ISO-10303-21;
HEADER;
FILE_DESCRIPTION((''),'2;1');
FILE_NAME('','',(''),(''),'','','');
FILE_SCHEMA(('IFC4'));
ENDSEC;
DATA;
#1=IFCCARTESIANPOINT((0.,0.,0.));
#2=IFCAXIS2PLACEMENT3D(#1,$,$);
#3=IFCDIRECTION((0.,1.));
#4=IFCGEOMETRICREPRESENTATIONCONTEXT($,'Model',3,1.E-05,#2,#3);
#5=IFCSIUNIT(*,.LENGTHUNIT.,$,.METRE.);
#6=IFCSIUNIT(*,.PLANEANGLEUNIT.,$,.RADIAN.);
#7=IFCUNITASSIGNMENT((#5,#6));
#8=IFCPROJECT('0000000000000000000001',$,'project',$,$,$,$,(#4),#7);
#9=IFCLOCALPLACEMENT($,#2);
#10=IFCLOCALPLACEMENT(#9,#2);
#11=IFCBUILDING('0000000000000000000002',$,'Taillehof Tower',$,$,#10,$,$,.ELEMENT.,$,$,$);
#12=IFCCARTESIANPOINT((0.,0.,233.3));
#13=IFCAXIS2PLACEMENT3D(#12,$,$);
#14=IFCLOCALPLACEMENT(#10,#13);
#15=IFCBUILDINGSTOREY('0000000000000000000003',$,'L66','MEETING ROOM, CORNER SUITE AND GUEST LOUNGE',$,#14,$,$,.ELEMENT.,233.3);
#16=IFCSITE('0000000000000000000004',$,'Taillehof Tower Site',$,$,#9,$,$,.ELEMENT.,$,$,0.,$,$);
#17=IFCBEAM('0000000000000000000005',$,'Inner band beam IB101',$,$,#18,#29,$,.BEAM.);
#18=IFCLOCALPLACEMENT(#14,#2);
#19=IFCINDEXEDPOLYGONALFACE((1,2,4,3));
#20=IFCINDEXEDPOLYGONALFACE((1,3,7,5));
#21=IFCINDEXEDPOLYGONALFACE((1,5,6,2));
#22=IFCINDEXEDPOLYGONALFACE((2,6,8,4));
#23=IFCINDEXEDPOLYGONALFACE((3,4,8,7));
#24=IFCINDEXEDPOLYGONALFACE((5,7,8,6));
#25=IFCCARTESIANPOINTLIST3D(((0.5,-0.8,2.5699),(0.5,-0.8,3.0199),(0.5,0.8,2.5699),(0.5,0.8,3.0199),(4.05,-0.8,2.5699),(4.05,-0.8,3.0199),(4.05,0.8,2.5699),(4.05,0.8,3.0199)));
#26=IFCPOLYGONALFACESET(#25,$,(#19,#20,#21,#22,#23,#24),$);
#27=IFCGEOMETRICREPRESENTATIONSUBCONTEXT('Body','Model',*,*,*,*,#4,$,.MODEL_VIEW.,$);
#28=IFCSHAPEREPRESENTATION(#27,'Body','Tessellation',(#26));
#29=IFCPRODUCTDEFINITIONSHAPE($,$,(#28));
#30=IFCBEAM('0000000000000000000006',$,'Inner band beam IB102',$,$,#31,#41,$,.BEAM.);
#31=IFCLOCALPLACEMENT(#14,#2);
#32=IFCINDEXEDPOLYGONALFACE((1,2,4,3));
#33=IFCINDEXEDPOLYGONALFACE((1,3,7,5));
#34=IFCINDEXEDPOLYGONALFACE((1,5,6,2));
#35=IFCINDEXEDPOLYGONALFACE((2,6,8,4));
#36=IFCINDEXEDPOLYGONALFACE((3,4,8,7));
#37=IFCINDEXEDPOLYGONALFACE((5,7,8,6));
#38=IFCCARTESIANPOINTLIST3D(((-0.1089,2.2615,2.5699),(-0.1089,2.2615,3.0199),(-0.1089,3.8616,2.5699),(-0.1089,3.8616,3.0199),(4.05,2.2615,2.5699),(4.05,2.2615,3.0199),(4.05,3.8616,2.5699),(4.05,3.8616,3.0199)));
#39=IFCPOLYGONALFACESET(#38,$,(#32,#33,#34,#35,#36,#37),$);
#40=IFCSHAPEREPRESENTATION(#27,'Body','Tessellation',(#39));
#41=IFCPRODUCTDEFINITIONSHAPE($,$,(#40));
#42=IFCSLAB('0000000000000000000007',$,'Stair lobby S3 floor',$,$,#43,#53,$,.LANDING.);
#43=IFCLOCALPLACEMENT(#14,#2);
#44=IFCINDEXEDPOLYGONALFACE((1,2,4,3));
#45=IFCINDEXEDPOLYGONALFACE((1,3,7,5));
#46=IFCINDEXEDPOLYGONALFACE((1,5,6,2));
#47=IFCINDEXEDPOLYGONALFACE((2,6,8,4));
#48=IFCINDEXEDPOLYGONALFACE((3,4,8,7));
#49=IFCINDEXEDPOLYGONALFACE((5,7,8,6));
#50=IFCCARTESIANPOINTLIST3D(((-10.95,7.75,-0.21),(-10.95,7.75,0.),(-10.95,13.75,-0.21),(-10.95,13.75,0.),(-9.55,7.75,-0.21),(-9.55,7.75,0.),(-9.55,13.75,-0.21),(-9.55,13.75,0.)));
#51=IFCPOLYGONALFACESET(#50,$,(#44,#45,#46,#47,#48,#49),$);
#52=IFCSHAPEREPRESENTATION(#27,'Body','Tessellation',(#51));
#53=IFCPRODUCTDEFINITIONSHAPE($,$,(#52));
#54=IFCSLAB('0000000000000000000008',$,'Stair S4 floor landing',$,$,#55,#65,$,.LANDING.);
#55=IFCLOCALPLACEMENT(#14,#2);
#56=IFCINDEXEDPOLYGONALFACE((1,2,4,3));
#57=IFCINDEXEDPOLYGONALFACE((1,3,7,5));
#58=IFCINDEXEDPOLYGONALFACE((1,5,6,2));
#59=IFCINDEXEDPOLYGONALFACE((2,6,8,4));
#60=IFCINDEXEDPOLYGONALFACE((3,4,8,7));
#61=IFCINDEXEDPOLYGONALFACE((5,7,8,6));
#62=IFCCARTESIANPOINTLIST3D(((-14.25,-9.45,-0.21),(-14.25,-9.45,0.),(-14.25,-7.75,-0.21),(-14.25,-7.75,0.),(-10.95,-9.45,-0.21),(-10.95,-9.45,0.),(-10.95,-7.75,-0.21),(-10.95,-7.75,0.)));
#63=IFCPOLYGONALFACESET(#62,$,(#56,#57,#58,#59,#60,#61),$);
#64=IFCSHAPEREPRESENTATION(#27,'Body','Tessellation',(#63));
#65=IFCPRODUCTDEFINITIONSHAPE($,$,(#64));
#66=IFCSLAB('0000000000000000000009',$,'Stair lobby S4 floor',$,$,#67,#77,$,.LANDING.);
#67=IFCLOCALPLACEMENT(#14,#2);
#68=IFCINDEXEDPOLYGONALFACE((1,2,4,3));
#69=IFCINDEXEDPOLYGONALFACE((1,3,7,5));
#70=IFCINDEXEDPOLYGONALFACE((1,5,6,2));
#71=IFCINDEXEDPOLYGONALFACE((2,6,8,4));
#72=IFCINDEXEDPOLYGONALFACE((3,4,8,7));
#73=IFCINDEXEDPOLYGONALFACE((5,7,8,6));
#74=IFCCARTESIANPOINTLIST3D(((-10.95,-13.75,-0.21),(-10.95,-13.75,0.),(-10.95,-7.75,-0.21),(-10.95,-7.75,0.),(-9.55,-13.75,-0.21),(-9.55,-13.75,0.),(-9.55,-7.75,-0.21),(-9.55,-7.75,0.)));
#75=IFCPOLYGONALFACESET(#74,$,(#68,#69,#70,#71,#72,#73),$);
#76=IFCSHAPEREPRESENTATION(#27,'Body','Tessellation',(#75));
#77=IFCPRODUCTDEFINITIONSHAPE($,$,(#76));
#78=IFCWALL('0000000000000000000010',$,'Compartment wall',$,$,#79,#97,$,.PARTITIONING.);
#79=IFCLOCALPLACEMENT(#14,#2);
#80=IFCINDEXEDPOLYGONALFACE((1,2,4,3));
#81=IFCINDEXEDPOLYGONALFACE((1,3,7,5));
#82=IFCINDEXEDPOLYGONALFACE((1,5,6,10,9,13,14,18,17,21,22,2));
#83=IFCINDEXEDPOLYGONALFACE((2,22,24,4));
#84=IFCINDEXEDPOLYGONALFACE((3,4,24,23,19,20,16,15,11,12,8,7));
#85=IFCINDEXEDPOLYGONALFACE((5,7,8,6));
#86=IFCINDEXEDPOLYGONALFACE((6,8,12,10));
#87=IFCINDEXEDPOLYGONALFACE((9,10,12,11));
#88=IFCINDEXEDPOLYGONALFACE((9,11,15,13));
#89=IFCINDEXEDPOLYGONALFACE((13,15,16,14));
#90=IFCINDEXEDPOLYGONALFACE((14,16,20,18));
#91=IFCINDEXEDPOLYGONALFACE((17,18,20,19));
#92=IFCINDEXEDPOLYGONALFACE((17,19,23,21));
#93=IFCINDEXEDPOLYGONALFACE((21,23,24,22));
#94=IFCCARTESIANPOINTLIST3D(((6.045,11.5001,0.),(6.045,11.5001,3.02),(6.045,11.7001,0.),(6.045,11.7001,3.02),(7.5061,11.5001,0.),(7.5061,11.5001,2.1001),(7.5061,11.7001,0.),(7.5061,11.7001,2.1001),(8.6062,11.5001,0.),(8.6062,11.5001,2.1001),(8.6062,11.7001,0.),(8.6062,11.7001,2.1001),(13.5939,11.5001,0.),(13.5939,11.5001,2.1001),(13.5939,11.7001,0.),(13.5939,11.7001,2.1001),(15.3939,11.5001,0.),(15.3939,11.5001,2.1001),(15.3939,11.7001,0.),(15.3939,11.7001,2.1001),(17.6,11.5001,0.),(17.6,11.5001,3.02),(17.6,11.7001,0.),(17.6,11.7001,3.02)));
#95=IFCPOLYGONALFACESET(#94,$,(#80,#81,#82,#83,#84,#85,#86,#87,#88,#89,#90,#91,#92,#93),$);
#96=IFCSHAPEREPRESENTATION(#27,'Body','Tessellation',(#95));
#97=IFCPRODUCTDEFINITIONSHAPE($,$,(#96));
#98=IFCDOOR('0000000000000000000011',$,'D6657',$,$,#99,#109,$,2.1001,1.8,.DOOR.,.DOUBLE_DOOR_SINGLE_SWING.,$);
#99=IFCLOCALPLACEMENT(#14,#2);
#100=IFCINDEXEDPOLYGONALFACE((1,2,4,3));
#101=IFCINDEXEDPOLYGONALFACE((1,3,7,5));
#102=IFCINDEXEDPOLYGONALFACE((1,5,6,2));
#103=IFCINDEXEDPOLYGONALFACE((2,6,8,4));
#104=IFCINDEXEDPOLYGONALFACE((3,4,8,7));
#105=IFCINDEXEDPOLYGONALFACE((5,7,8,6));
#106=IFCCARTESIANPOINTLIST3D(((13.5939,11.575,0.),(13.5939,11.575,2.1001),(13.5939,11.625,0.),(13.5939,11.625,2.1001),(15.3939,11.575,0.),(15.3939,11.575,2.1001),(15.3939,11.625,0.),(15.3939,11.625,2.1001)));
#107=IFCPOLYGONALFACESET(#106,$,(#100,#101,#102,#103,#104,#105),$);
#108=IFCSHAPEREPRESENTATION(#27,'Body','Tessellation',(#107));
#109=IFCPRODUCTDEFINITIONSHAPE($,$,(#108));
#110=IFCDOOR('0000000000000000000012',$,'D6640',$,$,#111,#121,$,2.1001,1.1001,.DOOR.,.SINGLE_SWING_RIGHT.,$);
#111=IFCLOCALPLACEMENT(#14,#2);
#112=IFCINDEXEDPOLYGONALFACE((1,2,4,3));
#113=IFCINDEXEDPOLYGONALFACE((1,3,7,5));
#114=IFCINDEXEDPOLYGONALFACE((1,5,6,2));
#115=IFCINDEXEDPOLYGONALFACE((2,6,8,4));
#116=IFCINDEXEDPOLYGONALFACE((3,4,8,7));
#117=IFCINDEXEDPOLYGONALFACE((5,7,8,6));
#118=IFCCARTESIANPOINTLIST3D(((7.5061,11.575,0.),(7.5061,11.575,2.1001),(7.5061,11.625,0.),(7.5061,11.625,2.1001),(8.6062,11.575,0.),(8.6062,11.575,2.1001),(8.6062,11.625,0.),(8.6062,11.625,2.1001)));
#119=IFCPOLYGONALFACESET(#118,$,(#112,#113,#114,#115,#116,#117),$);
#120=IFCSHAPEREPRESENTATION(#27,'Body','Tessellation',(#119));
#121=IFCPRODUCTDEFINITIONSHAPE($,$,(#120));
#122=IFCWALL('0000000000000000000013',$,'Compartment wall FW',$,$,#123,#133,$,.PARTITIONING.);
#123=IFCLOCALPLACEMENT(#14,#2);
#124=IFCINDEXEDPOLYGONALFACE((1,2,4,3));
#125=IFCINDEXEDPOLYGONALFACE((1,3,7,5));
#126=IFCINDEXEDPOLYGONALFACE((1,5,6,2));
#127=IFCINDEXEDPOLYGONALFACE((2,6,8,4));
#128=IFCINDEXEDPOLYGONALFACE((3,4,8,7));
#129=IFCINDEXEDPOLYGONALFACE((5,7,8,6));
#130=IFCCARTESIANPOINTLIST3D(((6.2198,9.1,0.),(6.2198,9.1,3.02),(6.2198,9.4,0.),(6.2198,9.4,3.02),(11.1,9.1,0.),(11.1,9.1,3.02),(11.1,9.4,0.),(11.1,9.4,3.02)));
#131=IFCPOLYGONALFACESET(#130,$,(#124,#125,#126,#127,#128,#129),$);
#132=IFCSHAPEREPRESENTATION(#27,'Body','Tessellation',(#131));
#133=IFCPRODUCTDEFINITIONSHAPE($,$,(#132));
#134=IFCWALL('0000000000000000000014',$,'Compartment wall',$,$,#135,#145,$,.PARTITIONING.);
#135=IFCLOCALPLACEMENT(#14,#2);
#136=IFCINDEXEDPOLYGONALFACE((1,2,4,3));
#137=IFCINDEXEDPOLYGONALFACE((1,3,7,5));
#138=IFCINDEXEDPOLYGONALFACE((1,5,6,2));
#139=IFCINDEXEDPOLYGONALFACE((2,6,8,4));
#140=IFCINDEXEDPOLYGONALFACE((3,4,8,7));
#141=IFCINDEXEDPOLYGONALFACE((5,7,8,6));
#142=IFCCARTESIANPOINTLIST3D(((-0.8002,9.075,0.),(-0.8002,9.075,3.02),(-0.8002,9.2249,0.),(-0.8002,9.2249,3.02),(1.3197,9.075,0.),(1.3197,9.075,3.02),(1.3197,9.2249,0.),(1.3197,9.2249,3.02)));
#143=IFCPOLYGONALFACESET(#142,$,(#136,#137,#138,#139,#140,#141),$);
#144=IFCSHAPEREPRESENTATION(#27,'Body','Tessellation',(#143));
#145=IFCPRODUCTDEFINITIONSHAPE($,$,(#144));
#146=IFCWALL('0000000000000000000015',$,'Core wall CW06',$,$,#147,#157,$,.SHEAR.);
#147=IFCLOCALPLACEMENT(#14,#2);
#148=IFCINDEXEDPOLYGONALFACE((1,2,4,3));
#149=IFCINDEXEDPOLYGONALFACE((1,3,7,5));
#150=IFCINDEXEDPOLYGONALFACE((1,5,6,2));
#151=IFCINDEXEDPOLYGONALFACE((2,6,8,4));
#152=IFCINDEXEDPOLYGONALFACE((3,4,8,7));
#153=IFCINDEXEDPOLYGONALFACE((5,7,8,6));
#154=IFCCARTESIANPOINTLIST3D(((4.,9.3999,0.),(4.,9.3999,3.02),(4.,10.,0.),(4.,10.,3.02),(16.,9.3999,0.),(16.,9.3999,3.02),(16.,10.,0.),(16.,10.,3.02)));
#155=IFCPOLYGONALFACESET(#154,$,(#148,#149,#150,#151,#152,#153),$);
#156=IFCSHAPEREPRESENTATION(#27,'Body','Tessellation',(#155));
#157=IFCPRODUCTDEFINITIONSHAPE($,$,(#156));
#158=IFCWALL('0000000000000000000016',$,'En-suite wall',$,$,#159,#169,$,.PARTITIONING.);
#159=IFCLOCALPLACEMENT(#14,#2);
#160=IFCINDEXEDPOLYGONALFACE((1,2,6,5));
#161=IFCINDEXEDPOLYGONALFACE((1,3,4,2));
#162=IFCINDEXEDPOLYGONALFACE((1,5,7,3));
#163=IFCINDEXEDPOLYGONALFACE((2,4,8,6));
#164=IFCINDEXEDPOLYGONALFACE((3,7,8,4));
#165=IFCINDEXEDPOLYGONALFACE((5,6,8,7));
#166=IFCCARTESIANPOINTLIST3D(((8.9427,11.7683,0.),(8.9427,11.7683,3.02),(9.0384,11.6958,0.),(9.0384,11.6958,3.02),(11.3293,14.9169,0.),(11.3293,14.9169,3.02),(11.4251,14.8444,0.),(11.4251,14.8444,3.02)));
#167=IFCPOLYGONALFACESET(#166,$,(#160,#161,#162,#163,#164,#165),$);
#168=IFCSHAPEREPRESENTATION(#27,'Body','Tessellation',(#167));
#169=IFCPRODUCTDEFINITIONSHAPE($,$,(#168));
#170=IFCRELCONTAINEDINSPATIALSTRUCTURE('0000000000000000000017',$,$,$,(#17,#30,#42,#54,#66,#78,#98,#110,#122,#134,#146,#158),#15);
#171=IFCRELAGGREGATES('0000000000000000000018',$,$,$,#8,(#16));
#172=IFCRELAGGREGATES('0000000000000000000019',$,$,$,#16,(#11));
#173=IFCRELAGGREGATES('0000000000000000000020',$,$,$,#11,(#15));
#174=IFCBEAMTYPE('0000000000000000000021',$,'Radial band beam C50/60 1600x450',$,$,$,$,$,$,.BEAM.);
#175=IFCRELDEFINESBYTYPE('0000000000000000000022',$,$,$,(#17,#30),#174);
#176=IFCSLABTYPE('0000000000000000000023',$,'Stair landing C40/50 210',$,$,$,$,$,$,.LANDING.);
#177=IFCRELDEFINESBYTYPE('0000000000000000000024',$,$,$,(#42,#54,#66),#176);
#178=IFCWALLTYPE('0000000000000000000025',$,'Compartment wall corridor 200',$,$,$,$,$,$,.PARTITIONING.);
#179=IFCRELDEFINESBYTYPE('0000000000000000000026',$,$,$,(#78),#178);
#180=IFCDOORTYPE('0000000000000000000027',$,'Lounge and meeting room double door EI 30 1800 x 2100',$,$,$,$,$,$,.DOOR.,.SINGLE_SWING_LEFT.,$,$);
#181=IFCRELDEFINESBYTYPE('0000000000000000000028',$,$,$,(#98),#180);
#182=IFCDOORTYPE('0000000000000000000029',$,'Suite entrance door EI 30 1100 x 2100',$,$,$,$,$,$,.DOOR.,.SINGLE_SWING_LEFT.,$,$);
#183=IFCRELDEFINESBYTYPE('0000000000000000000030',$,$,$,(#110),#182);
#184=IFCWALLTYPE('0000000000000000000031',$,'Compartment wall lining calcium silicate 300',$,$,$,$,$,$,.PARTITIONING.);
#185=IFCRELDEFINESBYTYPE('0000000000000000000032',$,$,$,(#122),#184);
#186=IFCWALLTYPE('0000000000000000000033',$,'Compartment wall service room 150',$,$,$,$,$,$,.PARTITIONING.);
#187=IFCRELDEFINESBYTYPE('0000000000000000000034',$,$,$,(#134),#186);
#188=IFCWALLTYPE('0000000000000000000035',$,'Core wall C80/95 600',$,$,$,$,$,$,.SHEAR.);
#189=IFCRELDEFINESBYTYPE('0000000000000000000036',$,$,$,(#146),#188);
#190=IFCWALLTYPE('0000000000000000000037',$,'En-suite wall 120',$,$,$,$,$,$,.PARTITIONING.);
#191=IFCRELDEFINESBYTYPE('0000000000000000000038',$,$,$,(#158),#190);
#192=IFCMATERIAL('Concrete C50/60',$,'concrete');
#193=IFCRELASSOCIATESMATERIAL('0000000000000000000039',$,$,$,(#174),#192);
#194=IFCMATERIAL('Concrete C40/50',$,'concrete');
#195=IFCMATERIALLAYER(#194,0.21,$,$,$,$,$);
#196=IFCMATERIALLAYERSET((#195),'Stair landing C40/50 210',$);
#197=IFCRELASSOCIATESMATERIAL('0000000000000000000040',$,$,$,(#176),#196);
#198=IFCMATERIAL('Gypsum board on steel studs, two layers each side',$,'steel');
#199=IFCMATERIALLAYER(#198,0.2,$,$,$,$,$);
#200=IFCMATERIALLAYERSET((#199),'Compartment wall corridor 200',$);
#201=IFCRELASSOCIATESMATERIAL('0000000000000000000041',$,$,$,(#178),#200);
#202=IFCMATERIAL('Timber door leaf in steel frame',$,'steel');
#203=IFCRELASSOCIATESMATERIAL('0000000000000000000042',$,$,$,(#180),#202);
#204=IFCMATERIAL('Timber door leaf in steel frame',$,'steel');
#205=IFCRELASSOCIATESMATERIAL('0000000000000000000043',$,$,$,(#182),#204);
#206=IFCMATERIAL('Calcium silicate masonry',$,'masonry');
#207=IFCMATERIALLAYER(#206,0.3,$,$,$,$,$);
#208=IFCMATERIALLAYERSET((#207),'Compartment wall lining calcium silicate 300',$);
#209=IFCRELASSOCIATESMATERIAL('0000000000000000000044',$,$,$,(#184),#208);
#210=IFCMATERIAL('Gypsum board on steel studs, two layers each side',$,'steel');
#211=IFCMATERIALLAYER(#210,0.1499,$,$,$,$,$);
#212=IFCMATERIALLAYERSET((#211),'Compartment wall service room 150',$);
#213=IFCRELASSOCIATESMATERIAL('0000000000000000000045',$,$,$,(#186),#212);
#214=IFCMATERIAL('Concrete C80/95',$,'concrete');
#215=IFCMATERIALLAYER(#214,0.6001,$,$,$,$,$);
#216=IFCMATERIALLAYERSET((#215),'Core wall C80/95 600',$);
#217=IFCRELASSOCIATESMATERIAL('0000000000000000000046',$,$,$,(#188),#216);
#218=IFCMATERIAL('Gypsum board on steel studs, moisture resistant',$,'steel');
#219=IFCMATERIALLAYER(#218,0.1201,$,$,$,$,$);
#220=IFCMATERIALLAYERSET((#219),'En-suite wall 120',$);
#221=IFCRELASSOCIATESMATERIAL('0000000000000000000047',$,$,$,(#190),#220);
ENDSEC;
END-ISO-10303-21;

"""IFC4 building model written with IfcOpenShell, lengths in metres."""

from ifc_helpers import new_model, si_unit, direction, frame, frame_2d, origin, origin_2d, place, context, subcontext, project, spatial, polyline, rectangle, outline, extrude, material, layer, layer_set, material_profile, profile_set, type_object, element, fill, save


model = new_model("IFC4")

# Units and contexts
model_context = context("Model", 3, precision=1e-05, world=origin(), true_north=direction((0.0, 1.0)))
body_context = subcontext(model_context, "Body", "Model", "MODEL_VIEW")
ifc_project = project(units=[si_unit("LENGTHUNIT", "METRE"), si_unit("PLANEANGLEUNIT", "RADIAN")], contexts=[model_context])

# Site, building, storey
site_placement = place(None, origin())
site = spatial("IfcSite", under=ifc_project, at=site_placement, Name="Taillehof Tower Site", CompositionType="ELEMENT", RefElevation=0.0)
building_placement = place(site_placement, origin())
building = spatial("IfcBuilding", under=site, at=building_placement, Name="Taillehof Tower", CompositionType="ELEMENT")
storey_placement = place(building_placement, frame((0.0, 0.0, 233.3)))
storey = spatial("IfcBuildingStorey", under=building, at=storey_placement, Name="L66", Description="MEETING ROOM, CORNER SUITE AND GUEST LOUNGE", CompositionType="ELEMENT", Elevation=233.3)

# Beams
ifc_material_1 = material(Name="Concrete C50/60", Category="concrete")
ifc_material_profile = material_profile(ifc_material_1, rectangle(XDim=1.6001, YDim=0.45, at=origin_2d()), Name="RC 1600x450")
ifc_profile_set = profile_set([ifc_material_profile], Name="Concrete C50/60")
beam_type = type_object("IfcBeamType", Name="Radial band beam C50/60 1600x450", PredefinedType="BEAM", material=ifc_profile_set)
beam_1_placement = place(storey_placement, frame((0.5, 0.0, 2.7949), z_axis=(1.0, 0.0, 0.0), x_axis=(0.0, 1.0, 0.0)))
element("IfcBeam", 1, at=beam_1_placement, inside=storey, type_object=beam_type, Name="Inner band beam IB101", PredefinedType="BEAM", context=body_context, shape_type="SweptSolid", body=[
    extrude(rectangle(XDim=1.6001, YDim=0.45, at=origin_2d()), origin(), (0.0, 0.0, 1.0), 3.55),
])
beam_2_placement = place(storey_placement, frame((-0.1089, 3.0615, 2.7949), z_axis=(1.0, 0.0, 0.0), x_axis=(0.0, 1.0, 0.0)))
element("IfcBeam", 2, at=beam_2_placement, inside=storey, type_object=beam_type, Name="Inner band beam IB102", PredefinedType="BEAM", context=body_context, shape_type="SweptSolid", body=[
    extrude(rectangle(XDim=1.6001, YDim=0.45, at=origin_2d()), origin(), (0.0, 0.0, 1.0), 4.1589),
])

# Slabs
ifc_material_2 = material(Name="Concrete C40/50", Category="concrete")
ifc_layer_1 = layer(ifc_material_2, 0.21)
ifc_layer_set_1 = layer_set([ifc_layer_1], Name="Stair landing C40/50 210")
slab_type = type_object("IfcSlabType", Name="Stair landing C40/50 210", PredefinedType="LANDING", material=ifc_layer_set_1)
slab_1_placement = place(storey_placement, frame((0.0, 0.0, -0.21)))
element("IfcSlab", 3, at=slab_1_placement, inside=storey, type_object=slab_type, Name="Stair lobby S3 floor", PredefinedType="LANDING", context=body_context, shape_type="SweptSolid", body=[
    extrude(outline(polyline([(-10.95, 7.75), (-9.55, 7.75), (-9.55, 13.75), (-10.95, 13.75), (-10.95, 7.75)])), origin(), (0.0, 0.0, 1.0), 0.21),
])
slab_2_placement = place(storey_placement, frame((0.0, 0.0, -0.21)))
element("IfcSlab", 4, at=slab_2_placement, inside=storey, type_object=slab_type, Name="Stair S4 floor landing", PredefinedType="LANDING", context=body_context, shape_type="SweptSolid", body=[
    extrude(outline(polyline([(-14.25, -7.75), (-14.25, -9.45), (-10.95, -9.45), (-10.95, -7.75), (-14.25, -7.75)])), origin(), (0.0, 0.0, 1.0), 0.21),
])
slab_3_placement = place(storey_placement, frame((0.0, 0.0, -0.21)))
element("IfcSlab", 5, at=slab_3_placement, inside=storey, type_object=slab_type, Name="Stair lobby S4 floor", PredefinedType="LANDING", context=body_context, shape_type="SweptSolid", body=[
    extrude(outline(polyline([(-10.95, -13.75), (-9.55, -13.75), (-9.55, -7.75), (-10.95, -7.75), (-10.95, -13.75)])), origin(), (0.0, 0.0, 1.0), 0.21),
])

# Wall, openings, doors
ifc_material_3 = material(Name="Gypsum board on steel studs, two layers each side", Category="steel")
ifc_layer_2 = layer(ifc_material_3, 0.2)
ifc_layer_set_2 = layer_set([ifc_layer_2], Name="Compartment wall corridor 200")
wall_type_1 = type_object("IfcWallType", Name="Compartment wall corridor 200", PredefinedType="PARTITIONING", material=ifc_layer_set_2)
wall_1_placement = place(storey_placement, frame((6.0452, 11.6001, 0.0), z_axis=(0.0, 0.0, 1.0), x_axis=(1.0, 0.0, 0.0)))
wall_1 = element("IfcWall", 6, at=wall_1_placement, inside=storey, type_object=wall_type_1, Name="Compartment wall", PredefinedType="PARTITIONING", context=body_context, shape_type="SweptSolid", body=[
    extrude(rectangle(XDim=11.5549, YDim=0.2, at=frame_2d((5.7773, 0.0))), origin(), (0.0, 0.0, 1.0), 3.02),
])
opening_1_placement = place(wall_1_placement, frame((1.4609, 0.0, 0.0)))
opening_1 = element("IfcOpeningElement", 7, at=opening_1_placement, cuts=wall_1, PredefinedType="OPENING", context=body_context, shape_type="SweptSolid", body=[
    extrude(rectangle(XDim=1.1001, YDim=2.1001, at=frame_2d((0.55, 1.05))), frame((0.0, 0.1099, 0.0), z_axis=(0.0, -1.0, 0.0), x_axis=(1.0, 0.0, 0.0)), (0.0, 0.0, 1.0), 0.22),
])
opening_2_placement = place(wall_1_placement, frame((7.5488, 0.0, 0.0)))
opening_2 = element("IfcOpeningElement", 8, at=opening_2_placement, cuts=wall_1, PredefinedType="OPENING", context=body_context, shape_type="SweptSolid", body=[
    extrude(rectangle(XDim=1.8, YDim=2.1001, at=frame_2d((0.8999, 1.05))), frame((0.0, 0.1099, 0.0), z_axis=(0.0, -1.0, 0.0), x_axis=(1.0, 0.0, 0.0)), (0.0, 0.0, 1.0), 0.22),
])
ifc_material_4 = material(Name="Timber door leaf in steel frame", Category="steel")
door_type_1 = type_object("IfcDoorType", Name="Lounge and meeting room double door EI 30 1800 x 2100", OperationType="SINGLE_SWING_LEFT", PredefinedType="DOOR", material=ifc_material_4)
door_1_placement = place(opening_2_placement, origin())
door_1 = element("IfcDoor", 9, at=door_1_placement, inside=storey, type_object=door_type_1, Name="D6657", OperationType="DOUBLE_DOOR_SINGLE_SWING", OverallHeight=2.1001, OverallWidth=1.8, PredefinedType="DOOR", context=body_context, shape_type="SweptSolid", body=[
    extrude(rectangle(XDim=1.8, YDim=2.1001, at=frame_2d((0.8999, 1.05))), frame((0.0, 0.0249, 0.0), z_axis=(0.0, -1.0, 0.0), x_axis=(1.0, 0.0, 0.0)), (0.0, 0.0, 1.0), 0.05),
])
fill(opening_2, door_1)
ifc_material_5 = material(Name="Timber door leaf in steel frame", Category="steel")
door_type_2 = type_object("IfcDoorType", Name="Suite entrance door EI 30 1100 x 2100", OperationType="SINGLE_SWING_LEFT", PredefinedType="DOOR", material=ifc_material_5)
door_2_placement = place(opening_1_placement, origin())
door_2 = element("IfcDoor", 10, at=door_2_placement, inside=storey, type_object=door_type_2, Name="D6640", OperationType="SINGLE_SWING_RIGHT", OverallHeight=2.1001, OverallWidth=1.1001, PredefinedType="DOOR", context=body_context, shape_type="SweptSolid", body=[
    extrude(rectangle(XDim=1.1001, YDim=2.1001, at=frame_2d((0.55, 1.05))), frame((0.0, 0.0249, 0.0), z_axis=(0.0, -1.0, 0.0), x_axis=(1.0, 0.0, 0.0)), (0.0, 0.0, 1.0), 0.05),
])
fill(opening_1, door_2)

# Walls
ifc_material_6 = material(Name="Calcium silicate masonry", Category="masonry")
ifc_layer_3 = layer(ifc_material_6, 0.3)
ifc_layer_set_3 = layer_set([ifc_layer_3], Name="Compartment wall lining calcium silicate 300")
wall_type_2 = type_object("IfcWallType", Name="Compartment wall lining calcium silicate 300", PredefinedType="PARTITIONING", material=ifc_layer_set_3)
wall_2_placement = place(storey_placement, frame((6.22, 9.25, 0.0), z_axis=(0.0, 0.0, 1.0), x_axis=(1.0, 0.0, 0.0)))
element("IfcWall", 11, at=wall_2_placement, inside=storey, type_object=wall_type_2, Name="Compartment wall FW", PredefinedType="PARTITIONING", context=body_context, shape_type="SweptSolid", body=[
    extrude(rectangle(XDim=4.8801, YDim=0.3, at=frame_2d((2.4399, 0.0))), origin(), (0.0, 0.0, 1.0), 3.02),
])
ifc_material_7 = material(Name="Gypsum board on steel studs, two layers each side", Category="steel")
ifc_layer_4 = layer(ifc_material_7, 0.1499)
ifc_layer_set_4 = layer_set([ifc_layer_4], Name="Compartment wall service room 150")
wall_type_3 = type_object("IfcWallType", Name="Compartment wall service room 150", PredefinedType="PARTITIONING", material=ifc_layer_set_4)
wall_3_placement = place(storey_placement, frame((1.3198, 9.1499, 0.0), z_axis=(0.0, 0.0, 1.0), x_axis=(-1.0, 0.0, 0.0)))
element("IfcWall", 12, at=wall_3_placement, inside=storey, type_object=wall_type_3, Name="Compartment wall", PredefinedType="PARTITIONING", context=body_context, shape_type="SweptSolid", body=[
    extrude(rectangle(XDim=2.1199, YDim=0.1499, at=frame_2d((1.0601, 0.0))), origin(), (0.0, 0.0, 1.0), 3.02),
])
ifc_material_8 = material(Name="Concrete C80/95", Category="concrete")
ifc_layer_5 = layer(ifc_material_8, 0.6001)
ifc_layer_set_5 = layer_set([ifc_layer_5], Name="Core wall C80/95 600")
wall_type_4 = type_object("IfcWallType", Name="Core wall C80/95 600", PredefinedType="SHEAR", material=ifc_layer_set_5)
wall_4_placement = place(storey_placement, frame((4.0, 9.7, 0.0), z_axis=(0.0, 0.0, 1.0), x_axis=(1.0, 0.0, 0.0)))
element("IfcWall", 13, at=wall_4_placement, inside=storey, type_object=wall_type_4, Name="Core wall CW06", PredefinedType="SHEAR", context=body_context, shape_type="SweptSolid", body=[
    extrude(rectangle(XDim=12.0, YDim=0.6001, at=frame_2d((6.0, 0.0))), origin(), (0.0, 0.0, 1.0), 3.02),
])
ifc_material_9 = material(Name="Gypsum board on steel studs, moisture resistant", Category="steel")
ifc_layer_6 = layer(ifc_material_9, 0.1201)
ifc_layer_set_6 = layer_set([ifc_layer_6], Name="En-suite wall 120")
wall_type_5 = type_object("IfcWallType", Name="En-suite wall 120", PredefinedType="PARTITIONING", material=ifc_layer_set_6)
wall_5_placement = place(storey_placement, frame((8.9905, 11.7319, 0.0), z_axis=(0.0, 0.0, 1.0), x_axis=(0.604075, 0.796927, 0.0)))
element("IfcWall", 14, at=wall_5_placement, inside=storey, type_object=wall_type_5, Name="En-suite wall", PredefinedType="PARTITIONING", context=body_context, shape_type="SweptSolid", body=[
    extrude(rectangle(XDim=3.9509, YDim=0.1201, at=frame_2d((1.9756, 0.0))), origin(), (0.0, 0.0, 1.0), 3.02),
])

save(model, "model.ifc")
